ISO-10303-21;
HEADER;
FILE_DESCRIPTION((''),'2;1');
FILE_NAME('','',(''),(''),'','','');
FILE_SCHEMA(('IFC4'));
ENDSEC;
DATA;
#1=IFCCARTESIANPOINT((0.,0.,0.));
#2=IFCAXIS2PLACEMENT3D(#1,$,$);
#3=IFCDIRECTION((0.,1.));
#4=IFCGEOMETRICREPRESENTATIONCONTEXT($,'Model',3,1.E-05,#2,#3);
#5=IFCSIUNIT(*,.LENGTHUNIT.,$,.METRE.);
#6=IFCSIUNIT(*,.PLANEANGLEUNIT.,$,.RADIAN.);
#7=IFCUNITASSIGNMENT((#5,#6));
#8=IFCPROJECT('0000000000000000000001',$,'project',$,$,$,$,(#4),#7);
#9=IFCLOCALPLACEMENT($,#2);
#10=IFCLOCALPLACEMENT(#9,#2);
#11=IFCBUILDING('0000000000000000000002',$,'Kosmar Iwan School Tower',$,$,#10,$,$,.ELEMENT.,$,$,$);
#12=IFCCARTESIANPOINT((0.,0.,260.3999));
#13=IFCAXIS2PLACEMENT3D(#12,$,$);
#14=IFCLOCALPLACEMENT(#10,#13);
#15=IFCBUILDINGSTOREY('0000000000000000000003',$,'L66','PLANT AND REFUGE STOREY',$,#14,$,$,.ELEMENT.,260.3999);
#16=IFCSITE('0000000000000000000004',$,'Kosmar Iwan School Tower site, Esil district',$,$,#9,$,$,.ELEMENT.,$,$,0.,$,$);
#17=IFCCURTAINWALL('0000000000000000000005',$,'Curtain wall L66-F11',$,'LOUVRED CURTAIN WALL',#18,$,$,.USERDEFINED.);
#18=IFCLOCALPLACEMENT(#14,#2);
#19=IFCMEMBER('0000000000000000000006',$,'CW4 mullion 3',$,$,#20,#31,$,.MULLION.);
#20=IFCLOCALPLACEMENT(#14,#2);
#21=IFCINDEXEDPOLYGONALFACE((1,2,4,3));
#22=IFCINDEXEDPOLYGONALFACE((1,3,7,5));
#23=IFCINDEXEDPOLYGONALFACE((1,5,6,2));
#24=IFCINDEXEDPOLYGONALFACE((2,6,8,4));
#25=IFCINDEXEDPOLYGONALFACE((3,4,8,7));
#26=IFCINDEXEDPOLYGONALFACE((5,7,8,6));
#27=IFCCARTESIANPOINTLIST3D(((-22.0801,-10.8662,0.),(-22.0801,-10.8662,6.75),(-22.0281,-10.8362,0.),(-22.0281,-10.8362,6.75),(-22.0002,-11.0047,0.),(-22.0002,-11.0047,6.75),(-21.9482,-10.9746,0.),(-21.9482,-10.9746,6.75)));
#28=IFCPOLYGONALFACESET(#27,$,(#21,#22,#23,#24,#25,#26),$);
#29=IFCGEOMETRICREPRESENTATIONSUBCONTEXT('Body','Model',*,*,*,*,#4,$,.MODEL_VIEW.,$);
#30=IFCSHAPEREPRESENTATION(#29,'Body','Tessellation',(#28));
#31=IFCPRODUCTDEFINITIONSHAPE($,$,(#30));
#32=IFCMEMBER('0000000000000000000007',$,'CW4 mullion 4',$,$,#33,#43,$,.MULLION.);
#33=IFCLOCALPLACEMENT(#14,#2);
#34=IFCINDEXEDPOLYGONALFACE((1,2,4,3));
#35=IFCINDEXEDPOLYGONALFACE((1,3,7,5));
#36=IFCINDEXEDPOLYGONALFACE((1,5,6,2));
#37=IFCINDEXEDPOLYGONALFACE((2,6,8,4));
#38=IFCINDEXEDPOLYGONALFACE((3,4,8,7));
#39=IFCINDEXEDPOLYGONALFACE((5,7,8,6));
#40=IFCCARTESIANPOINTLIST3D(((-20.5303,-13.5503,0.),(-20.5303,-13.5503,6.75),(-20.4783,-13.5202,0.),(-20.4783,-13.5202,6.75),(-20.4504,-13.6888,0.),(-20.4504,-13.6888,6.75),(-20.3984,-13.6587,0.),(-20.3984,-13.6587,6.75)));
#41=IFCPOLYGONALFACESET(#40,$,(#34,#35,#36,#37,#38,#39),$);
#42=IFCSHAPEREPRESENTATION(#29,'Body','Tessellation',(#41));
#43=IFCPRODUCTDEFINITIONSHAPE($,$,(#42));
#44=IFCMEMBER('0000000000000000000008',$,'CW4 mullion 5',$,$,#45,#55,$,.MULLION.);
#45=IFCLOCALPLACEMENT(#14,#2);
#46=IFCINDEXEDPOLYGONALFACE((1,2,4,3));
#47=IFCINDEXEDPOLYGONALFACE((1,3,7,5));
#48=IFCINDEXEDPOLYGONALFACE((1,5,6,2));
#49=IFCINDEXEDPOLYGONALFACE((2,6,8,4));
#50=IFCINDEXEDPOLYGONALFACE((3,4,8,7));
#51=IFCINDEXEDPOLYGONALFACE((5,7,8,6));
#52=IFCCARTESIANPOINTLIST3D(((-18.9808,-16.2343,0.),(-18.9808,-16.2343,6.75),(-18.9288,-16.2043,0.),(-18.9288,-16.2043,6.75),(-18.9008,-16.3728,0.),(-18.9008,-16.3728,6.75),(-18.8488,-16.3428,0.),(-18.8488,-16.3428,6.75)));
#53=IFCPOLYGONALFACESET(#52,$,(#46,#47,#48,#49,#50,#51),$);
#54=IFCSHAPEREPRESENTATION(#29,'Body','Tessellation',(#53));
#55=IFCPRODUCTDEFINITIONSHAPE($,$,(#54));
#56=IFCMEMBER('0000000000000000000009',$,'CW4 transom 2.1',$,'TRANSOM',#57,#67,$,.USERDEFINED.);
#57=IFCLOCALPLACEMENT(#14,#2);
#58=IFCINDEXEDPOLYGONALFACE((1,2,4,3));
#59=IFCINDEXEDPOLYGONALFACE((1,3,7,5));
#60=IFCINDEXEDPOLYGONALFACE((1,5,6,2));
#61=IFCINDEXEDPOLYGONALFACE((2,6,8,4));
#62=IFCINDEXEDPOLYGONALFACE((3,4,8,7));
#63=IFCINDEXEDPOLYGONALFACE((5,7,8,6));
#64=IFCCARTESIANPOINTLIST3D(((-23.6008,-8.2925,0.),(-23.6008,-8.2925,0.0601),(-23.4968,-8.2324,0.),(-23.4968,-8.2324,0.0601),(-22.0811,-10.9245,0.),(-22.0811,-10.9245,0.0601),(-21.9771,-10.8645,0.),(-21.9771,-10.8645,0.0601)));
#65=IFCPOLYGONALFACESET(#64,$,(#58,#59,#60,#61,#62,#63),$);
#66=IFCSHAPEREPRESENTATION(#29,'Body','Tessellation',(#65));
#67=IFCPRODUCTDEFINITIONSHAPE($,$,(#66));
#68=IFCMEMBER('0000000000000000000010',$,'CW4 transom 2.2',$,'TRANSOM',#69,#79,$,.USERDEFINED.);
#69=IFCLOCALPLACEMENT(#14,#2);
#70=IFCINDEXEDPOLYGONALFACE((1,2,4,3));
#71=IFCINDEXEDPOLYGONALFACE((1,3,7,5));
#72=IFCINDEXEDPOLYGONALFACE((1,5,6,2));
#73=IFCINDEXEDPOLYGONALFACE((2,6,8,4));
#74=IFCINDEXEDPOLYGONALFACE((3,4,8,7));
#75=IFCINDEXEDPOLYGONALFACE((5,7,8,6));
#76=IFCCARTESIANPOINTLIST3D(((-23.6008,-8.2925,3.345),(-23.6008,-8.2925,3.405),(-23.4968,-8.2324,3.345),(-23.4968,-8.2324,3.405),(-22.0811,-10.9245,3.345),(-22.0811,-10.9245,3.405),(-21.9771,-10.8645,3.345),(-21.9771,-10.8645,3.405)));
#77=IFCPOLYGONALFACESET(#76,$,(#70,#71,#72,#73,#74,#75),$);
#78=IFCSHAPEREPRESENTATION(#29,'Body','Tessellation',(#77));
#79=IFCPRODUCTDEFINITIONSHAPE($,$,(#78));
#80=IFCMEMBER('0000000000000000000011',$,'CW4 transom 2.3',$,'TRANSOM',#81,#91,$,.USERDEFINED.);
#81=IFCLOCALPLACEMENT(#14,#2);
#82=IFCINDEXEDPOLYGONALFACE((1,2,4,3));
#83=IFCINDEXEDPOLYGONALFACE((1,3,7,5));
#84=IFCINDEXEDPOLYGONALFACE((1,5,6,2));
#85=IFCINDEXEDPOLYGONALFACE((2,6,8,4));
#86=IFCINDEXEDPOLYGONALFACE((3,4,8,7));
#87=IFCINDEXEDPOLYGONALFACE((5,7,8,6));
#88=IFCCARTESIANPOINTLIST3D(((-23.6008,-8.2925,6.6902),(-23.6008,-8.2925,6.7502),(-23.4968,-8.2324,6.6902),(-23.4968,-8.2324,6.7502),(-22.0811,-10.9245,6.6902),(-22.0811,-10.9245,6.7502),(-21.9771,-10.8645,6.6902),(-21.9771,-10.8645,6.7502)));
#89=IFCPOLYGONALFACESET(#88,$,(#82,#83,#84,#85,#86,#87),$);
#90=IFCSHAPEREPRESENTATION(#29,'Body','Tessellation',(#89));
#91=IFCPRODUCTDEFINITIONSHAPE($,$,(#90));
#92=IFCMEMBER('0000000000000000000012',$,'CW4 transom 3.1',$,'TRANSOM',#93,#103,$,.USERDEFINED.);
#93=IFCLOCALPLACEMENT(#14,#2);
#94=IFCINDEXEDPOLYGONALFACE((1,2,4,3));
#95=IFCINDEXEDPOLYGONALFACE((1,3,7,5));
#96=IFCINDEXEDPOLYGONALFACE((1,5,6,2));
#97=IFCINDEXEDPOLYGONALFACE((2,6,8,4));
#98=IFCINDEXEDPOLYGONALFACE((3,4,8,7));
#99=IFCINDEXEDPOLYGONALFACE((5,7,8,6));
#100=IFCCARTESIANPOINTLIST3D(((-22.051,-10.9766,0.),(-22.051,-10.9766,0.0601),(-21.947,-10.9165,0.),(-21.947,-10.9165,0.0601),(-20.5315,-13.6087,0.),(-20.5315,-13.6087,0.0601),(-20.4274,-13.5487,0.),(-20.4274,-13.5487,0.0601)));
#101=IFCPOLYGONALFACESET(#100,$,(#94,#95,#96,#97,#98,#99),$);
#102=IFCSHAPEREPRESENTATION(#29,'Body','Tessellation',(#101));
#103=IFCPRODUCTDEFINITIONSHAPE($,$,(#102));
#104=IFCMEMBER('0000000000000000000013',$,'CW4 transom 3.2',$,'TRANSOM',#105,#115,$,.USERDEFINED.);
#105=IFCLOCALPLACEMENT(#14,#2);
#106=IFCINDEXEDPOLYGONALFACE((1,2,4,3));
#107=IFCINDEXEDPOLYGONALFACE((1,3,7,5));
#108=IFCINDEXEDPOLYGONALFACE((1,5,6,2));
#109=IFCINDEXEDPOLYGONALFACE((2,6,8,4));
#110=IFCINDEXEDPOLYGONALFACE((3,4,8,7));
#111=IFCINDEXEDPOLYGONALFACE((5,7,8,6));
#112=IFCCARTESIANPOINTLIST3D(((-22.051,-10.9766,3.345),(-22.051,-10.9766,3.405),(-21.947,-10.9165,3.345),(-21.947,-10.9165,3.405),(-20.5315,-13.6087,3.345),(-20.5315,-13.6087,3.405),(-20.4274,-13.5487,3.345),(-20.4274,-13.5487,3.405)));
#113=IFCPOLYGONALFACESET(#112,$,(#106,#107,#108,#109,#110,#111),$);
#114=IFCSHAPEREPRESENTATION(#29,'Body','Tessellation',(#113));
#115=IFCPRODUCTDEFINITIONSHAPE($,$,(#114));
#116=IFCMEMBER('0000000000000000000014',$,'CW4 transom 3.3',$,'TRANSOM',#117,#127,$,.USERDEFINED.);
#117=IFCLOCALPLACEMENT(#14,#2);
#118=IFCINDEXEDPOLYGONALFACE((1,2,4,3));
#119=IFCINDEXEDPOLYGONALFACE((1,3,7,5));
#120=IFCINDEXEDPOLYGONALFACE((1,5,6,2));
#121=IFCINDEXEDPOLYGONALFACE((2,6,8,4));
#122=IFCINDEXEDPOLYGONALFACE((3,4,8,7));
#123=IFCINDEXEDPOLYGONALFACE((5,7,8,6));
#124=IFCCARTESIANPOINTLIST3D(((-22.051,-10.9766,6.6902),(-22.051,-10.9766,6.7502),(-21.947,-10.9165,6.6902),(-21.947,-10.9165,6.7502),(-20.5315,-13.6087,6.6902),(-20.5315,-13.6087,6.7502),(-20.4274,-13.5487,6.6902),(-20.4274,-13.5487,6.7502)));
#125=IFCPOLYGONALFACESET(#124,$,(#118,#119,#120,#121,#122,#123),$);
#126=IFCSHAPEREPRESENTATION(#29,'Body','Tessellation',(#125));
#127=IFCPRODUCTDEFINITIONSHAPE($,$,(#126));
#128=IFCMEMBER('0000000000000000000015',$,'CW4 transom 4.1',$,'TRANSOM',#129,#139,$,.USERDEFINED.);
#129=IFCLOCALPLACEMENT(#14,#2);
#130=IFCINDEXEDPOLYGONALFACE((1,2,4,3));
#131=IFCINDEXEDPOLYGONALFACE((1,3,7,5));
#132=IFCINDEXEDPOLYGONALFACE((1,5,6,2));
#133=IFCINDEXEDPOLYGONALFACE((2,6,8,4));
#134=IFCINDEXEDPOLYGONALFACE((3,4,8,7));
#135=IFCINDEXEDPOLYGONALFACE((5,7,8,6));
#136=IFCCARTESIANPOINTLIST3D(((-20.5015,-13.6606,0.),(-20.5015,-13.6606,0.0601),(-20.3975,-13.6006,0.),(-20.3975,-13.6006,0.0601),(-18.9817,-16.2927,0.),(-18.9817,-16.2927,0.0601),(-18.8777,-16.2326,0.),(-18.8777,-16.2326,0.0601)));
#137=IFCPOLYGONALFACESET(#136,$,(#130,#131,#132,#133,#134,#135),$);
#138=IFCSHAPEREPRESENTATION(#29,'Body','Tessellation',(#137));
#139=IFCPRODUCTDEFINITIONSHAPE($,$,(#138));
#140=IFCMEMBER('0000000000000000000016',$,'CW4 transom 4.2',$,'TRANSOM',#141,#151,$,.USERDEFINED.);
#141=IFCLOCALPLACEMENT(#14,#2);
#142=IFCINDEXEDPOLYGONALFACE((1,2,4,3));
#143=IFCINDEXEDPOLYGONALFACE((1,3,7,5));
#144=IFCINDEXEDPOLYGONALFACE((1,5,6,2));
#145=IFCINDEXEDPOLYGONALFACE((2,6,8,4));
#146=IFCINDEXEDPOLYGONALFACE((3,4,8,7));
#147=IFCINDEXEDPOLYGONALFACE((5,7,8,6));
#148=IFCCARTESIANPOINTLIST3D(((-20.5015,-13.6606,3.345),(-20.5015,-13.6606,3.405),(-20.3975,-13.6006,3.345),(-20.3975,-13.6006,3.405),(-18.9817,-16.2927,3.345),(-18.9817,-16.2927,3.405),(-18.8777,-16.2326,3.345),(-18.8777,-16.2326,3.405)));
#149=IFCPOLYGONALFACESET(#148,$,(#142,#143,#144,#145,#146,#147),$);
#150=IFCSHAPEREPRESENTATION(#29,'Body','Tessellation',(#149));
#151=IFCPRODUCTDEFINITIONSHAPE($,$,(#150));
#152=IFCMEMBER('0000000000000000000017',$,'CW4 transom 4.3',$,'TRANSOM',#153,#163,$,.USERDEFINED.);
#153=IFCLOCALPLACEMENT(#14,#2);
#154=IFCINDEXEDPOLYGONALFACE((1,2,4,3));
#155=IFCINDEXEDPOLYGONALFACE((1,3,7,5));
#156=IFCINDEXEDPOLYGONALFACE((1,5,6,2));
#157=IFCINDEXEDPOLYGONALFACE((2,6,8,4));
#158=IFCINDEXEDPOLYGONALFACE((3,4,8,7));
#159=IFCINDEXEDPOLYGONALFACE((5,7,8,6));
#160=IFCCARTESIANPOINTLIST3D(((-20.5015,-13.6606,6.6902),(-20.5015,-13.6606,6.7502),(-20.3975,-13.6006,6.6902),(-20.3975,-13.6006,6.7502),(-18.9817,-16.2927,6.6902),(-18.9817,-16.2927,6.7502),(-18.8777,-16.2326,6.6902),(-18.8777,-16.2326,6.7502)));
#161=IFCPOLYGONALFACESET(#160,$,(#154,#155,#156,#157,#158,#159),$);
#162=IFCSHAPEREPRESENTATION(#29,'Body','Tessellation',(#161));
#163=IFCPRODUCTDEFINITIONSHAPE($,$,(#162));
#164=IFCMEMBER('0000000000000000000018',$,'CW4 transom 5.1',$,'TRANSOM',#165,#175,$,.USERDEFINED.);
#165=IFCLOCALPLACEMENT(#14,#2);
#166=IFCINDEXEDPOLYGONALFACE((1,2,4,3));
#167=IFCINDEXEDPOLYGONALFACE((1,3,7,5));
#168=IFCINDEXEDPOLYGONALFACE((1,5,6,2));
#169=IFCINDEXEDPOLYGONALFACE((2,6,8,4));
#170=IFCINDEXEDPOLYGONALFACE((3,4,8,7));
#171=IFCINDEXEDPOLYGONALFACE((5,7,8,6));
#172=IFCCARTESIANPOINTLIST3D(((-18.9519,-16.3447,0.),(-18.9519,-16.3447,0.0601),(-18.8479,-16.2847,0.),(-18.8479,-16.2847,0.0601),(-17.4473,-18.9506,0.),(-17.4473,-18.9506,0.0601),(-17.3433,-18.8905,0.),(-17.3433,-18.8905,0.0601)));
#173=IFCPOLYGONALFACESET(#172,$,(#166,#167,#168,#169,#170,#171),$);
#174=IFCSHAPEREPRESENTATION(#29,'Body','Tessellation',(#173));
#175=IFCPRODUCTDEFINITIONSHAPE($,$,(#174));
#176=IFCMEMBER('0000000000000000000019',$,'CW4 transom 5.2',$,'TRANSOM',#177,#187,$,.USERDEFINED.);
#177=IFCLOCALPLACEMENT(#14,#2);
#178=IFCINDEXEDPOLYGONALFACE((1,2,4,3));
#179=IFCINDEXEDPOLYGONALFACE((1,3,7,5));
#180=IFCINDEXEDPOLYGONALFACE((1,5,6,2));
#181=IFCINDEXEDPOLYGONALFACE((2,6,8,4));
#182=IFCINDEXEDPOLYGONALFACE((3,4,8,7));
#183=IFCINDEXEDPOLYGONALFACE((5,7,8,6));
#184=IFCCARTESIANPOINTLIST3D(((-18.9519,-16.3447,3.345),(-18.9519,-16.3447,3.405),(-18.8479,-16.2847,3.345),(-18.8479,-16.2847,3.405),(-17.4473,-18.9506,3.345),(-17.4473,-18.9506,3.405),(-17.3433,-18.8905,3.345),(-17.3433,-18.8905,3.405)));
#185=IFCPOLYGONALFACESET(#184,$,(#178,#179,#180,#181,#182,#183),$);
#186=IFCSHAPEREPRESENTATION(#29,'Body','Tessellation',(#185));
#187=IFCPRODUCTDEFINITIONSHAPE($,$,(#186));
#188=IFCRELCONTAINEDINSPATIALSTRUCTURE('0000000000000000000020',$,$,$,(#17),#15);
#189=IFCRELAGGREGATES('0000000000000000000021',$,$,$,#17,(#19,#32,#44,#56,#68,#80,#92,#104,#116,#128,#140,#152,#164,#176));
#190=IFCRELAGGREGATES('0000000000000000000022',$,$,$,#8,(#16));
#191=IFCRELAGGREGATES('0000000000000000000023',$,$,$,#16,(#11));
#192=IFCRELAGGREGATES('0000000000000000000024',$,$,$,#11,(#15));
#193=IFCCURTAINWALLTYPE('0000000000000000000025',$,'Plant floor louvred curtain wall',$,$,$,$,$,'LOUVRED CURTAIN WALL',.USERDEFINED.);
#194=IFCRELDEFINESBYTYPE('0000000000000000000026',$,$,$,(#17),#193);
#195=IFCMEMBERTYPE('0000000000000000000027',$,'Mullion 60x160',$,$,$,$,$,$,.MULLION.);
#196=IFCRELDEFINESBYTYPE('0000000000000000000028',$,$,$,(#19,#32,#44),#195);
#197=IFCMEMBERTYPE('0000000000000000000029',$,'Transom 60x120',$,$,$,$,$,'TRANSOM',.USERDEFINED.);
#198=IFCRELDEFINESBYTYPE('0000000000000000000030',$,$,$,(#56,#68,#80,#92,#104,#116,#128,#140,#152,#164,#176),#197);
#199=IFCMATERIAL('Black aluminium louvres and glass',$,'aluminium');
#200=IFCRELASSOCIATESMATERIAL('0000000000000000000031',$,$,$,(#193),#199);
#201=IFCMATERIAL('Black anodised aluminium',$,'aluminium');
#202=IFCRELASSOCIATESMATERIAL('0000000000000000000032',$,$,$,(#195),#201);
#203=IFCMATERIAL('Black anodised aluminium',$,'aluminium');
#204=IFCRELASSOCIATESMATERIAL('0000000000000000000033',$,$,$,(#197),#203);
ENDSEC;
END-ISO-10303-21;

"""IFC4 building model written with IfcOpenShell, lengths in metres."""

from ifc_helpers import new_model, si_unit, direction, frame, origin, origin_2d, place, context, subcontext, project, spatial, rectangle, extrude, material, material_profile, profile_set, type_object, element, aggregate, save


model = new_model("IFC4")

# Units and contexts
model_context = context("Model", 3, precision=1e-05, world=origin(), true_north=direction((0.0, 1.0)))
body_context = subcontext(model_context, "Body", "Model", "MODEL_VIEW")
ifc_project = project(units=[si_unit("LENGTHUNIT", "METRE"), si_unit("PLANEANGLEUNIT", "RADIAN")], contexts=[model_context])

# Site, building, storey
site_placement = place(None, origin())
site = spatial("IfcSite", under=ifc_project, at=site_placement, Name="Kosmar Iwan School Tower site, Esil district", CompositionType="ELEMENT", RefElevation=0.0)
building_placement = place(site_placement, origin())
building = spatial("IfcBuilding", under=site, at=building_placement, Name="Kosmar Iwan School Tower", CompositionType="ELEMENT")
storey_placement = place(building_placement, frame((0.0, 0.0, 260.3999)))
storey = spatial("IfcBuildingStorey", under=building, at=storey_placement, Name="L66", Description="PLANT AND REFUGE STOREY", CompositionType="ELEMENT", Elevation=260.3999)

# Curtain wall, members
ifc_material_1 = material(Name="Black aluminium louvres and glass", Category="aluminium")
curtain_wall_type = type_object("IfcCurtainWallType", Name="Plant floor louvred curtain wall", ElementType="LOUVRED CURTAIN WALL", PredefinedType="USERDEFINED", material=ifc_material_1)
curtain_wall_placement = place(storey_placement, origin())
curtain_wall = element("IfcCurtainWall", 1, at=curtain_wall_placement, inside=storey, type_object=curtain_wall_type, Name="Curtain wall L66-F11", ObjectType="LOUVRED CURTAIN WALL", PredefinedType="USERDEFINED")
ifc_material_2 = material(Name="Black anodised aluminium", Category="aluminium")
ifc_material_profile_1 = material_profile(ifc_material_2, rectangle(XDim=0.0601, YDim=0.1599, at=origin_2d()), Name="MULLION 60x160")
ifc_profile_set_1 = profile_set([ifc_material_profile_1], Name="Black anodised aluminium")
member_type_1 = type_object("IfcMemberType", Name="Mullion 60x160", PredefinedType="MULLION", material=ifc_profile_set_1)
member_1_placement = place(storey_placement, frame((-22.0142, -10.9204, 0.0), z_axis=(0.0, 0.0, 1.0), x_axis=(0.866025, 0.5, 0.0)))
member_1 = element("IfcMember", 2, at=member_1_placement, type_object=member_type_1, Name="CW4 mullion 3", PredefinedType="MULLION", context=body_context, shape_type="SweptSolid", body=[
    extrude(rectangle(XDim=0.0601, YDim=0.1599, at=origin_2d()), origin(), (0.0, 0.0, 1.0), 6.75),
])
member_2_placement = place(storey_placement, frame((-20.4644, -13.6045, 0.0), z_axis=(0.0, 0.0, 1.0), x_axis=(0.866025, 0.5, 0.0)))
member_2 = element("IfcMember", 3, at=member_2_placement, type_object=member_type_1, Name="CW4 mullion 4", PredefinedType="MULLION", context=body_context, shape_type="SweptSolid", body=[
    extrude(rectangle(XDim=0.0601, YDim=0.1599, at=origin_2d()), origin(), (0.0, 0.0, 1.0), 6.75),
])
member_3_placement = place(storey_placement, frame((-18.9148, -16.2886, 0.0), z_axis=(0.0, 0.0, 1.0), x_axis=(0.866025, 0.5, 0.0)))
member_3 = element("IfcMember", 4, at=member_3_placement, type_object=member_type_1, Name="CW4 mullion 5", PredefinedType="MULLION", context=body_context, shape_type="SweptSolid", body=[
    extrude(rectangle(XDim=0.0601, YDim=0.1599, at=origin_2d()), origin(), (0.0, 0.0, 1.0), 6.75),
])
ifc_material_3 = material(Name="Black anodised aluminium", Category="aluminium")
ifc_material_profile_2 = material_profile(ifc_material_3, rectangle(XDim=0.1201, YDim=0.0601, at=origin_2d()), Name="TRANSOM 60x120")
ifc_profile_set_2 = profile_set([ifc_material_profile_2], Name="Black anodised aluminium")
member_type_2 = type_object("IfcMemberType", Name="Transom 60x120", ElementType="TRANSOM", PredefinedType="USERDEFINED", material=ifc_profile_set_2)
member_4_placement = place(storey_placement, frame((-23.5488, -8.2625, 0.03), z_axis=(0.500035, -0.866005, 0.0), x_axis=(0.866005, 0.500035, 0.0)))
member_4 = element("IfcMember", 5, at=member_4_placement, type_object=member_type_2, Name="CW4 transom 2.1", ObjectType="TRANSOM", PredefinedType="USERDEFINED", context=body_context, shape_type="SweptSolid", body=[
    extrude(rectangle(XDim=0.1201, YDim=0.0601, at=origin_2d()), origin(), (0.0, 0.0, 1.0), 3.0393),
])
member_5_placement = place(storey_placement, frame((-23.5488, -8.2625, 3.375), z_axis=(0.500035, -0.866005, 0.0), x_axis=(0.866005, 0.500035, 0.0)))
member_5 = element("IfcMember", 6, at=member_5_placement, type_object=member_type_2, Name="CW4 transom 2.2", ObjectType="TRANSOM", PredefinedType="USERDEFINED", context=body_context, shape_type="SweptSolid", body=[
    extrude(rectangle(XDim=0.1201, YDim=0.0601, at=origin_2d()), origin(), (0.0, 0.0, 1.0), 3.0393),
])
member_6_placement = place(storey_placement, frame((-23.5488, -8.2625, 6.7202), z_axis=(0.500035, -0.866005, 0.0), x_axis=(0.866005, 0.500035, 0.0)))
member_6 = element("IfcMember", 7, at=member_6_placement, type_object=member_type_2, Name="CW4 transom 2.3", ObjectType="TRANSOM", PredefinedType="USERDEFINED", context=body_context, shape_type="SweptSolid", body=[
    extrude(rectangle(XDim=0.1201, YDim=0.0601, at=origin_2d()), origin(), (0.0, 0.0, 1.0), 3.0393),
])
member_7_placement = place(storey_placement, frame((-21.999, -10.9465, 0.03), z_axis=(0.499975, -0.86604, 0.0), x_axis=(0.86604, 0.499975, 0.0)))
member_7 = element("IfcMember", 8, at=member_7_placement, type_object=member_type_2, Name="CW4 transom 3.1", ObjectType="TRANSOM", PredefinedType="USERDEFINED", context=body_context, shape_type="SweptSolid", body=[
    extrude(rectangle(XDim=0.1201, YDim=0.0601, at=origin_2d()), origin(), (0.0, 0.0, 1.0), 3.0393),
])
member_8_placement = place(storey_placement, frame((-21.999, -10.9465, 3.375), z_axis=(0.499975, -0.86604, 0.0), x_axis=(0.86604, 0.499975, 0.0)))
member_8 = element("IfcMember", 9, at=member_8_placement, type_object=member_type_2, Name="CW4 transom 3.2", ObjectType="TRANSOM", PredefinedType="USERDEFINED", context=body_context, shape_type="SweptSolid", body=[
    extrude(rectangle(XDim=0.1201, YDim=0.0601, at=origin_2d()), origin(), (0.0, 0.0, 1.0), 3.0393),
])
member_9_placement = place(storey_placement, frame((-21.999, -10.9465, 6.7202), z_axis=(0.499975, -0.86604, 0.0), x_axis=(0.86604, 0.499975, 0.0)))
member_9 = element("IfcMember", 10, at=member_9_placement, type_object=member_type_2, Name="CW4 transom 3.3", ObjectType="TRANSOM", PredefinedType="USERDEFINED", context=body_context, shape_type="SweptSolid", body=[
    extrude(rectangle(XDim=0.1201, YDim=0.0601, at=origin_2d()), origin(), (0.0, 0.0, 1.0), 3.0393),
])
member_10_placement = place(storey_placement, frame((-20.4495, -13.6306, 0.03), z_axis=(0.500035, -0.866005, 0.0), x_axis=(0.866005, 0.500035, 0.0)))
member_10 = element("IfcMember", 11, at=member_10_placement, type_object=member_type_2, Name="CW4 transom 4.1", ObjectType="TRANSOM", PredefinedType="USERDEFINED", context=body_context, shape_type="SweptSolid", body=[
    extrude(rectangle(XDim=0.1201, YDim=0.0601, at=origin_2d()), origin(), (0.0, 0.0, 1.0), 3.0393),
])
member_11_placement = place(storey_placement, frame((-20.4495, -13.6306, 3.375), z_axis=(0.500035, -0.866005, 0.0), x_axis=(0.866005, 0.500035, 0.0)))
member_11 = element("IfcMember", 12, at=member_11_placement, type_object=member_type_2, Name="CW4 transom 4.2", ObjectType="TRANSOM", PredefinedType="USERDEFINED", context=body_context, shape_type="SweptSolid", body=[
    extrude(rectangle(XDim=0.1201, YDim=0.0601, at=origin_2d()), origin(), (0.0, 0.0, 1.0), 3.0393),
])
member_12_placement = place(storey_placement, frame((-20.4495, -13.6306, 6.7202), z_axis=(0.500035, -0.866005, 0.0), x_axis=(0.866005, 0.500035, 0.0)))
member_12 = element("IfcMember", 13, at=member_12_placement, type_object=member_type_2, Name="CW4 transom 4.3", ObjectType="TRANSOM", PredefinedType="USERDEFINED", context=body_context, shape_type="SweptSolid", body=[
    extrude(rectangle(XDim=0.1201, YDim=0.0601, at=origin_2d()), origin(), (0.0, 0.0, 1.0), 3.0393),
])
member_13_placement = place(storey_placement, frame((-18.8999, -16.3147, 0.03), z_axis=(0.500022, -0.866013, 0.0), x_axis=(0.866013, 0.500022, 0.0)))
member_13 = element("IfcMember", 14, at=member_13_placement, type_object=member_type_2, Name="CW4 transom 5.1", ObjectType="TRANSOM", PredefinedType="USERDEFINED", context=body_context, shape_type="SweptSolid", body=[
    extrude(rectangle(XDim=0.1201, YDim=0.0601, at=origin_2d()), origin(), (0.0, 0.0, 1.0), 3.009),
])
member_14_placement = place(storey_placement, frame((-18.8999, -16.3147, 3.375), z_axis=(0.500022, -0.866013, 0.0), x_axis=(0.866013, 0.500022, 0.0)))
member_14 = element("IfcMember", 15, at=member_14_placement, type_object=member_type_2, Name="CW4 transom 5.2", ObjectType="TRANSOM", PredefinedType="USERDEFINED", context=body_context, shape_type="SweptSolid", body=[
    extrude(rectangle(XDim=0.1201, YDim=0.0601, at=origin_2d()), origin(), (0.0, 0.0, 1.0), 3.009),
])
aggregate(curtain_wall, [member_1, member_2, member_3, member_4, member_5, member_6, member_7, member_8, member_9, member_10, member_11, member_12, member_13, member_14])

save(model, "model.ifc")
